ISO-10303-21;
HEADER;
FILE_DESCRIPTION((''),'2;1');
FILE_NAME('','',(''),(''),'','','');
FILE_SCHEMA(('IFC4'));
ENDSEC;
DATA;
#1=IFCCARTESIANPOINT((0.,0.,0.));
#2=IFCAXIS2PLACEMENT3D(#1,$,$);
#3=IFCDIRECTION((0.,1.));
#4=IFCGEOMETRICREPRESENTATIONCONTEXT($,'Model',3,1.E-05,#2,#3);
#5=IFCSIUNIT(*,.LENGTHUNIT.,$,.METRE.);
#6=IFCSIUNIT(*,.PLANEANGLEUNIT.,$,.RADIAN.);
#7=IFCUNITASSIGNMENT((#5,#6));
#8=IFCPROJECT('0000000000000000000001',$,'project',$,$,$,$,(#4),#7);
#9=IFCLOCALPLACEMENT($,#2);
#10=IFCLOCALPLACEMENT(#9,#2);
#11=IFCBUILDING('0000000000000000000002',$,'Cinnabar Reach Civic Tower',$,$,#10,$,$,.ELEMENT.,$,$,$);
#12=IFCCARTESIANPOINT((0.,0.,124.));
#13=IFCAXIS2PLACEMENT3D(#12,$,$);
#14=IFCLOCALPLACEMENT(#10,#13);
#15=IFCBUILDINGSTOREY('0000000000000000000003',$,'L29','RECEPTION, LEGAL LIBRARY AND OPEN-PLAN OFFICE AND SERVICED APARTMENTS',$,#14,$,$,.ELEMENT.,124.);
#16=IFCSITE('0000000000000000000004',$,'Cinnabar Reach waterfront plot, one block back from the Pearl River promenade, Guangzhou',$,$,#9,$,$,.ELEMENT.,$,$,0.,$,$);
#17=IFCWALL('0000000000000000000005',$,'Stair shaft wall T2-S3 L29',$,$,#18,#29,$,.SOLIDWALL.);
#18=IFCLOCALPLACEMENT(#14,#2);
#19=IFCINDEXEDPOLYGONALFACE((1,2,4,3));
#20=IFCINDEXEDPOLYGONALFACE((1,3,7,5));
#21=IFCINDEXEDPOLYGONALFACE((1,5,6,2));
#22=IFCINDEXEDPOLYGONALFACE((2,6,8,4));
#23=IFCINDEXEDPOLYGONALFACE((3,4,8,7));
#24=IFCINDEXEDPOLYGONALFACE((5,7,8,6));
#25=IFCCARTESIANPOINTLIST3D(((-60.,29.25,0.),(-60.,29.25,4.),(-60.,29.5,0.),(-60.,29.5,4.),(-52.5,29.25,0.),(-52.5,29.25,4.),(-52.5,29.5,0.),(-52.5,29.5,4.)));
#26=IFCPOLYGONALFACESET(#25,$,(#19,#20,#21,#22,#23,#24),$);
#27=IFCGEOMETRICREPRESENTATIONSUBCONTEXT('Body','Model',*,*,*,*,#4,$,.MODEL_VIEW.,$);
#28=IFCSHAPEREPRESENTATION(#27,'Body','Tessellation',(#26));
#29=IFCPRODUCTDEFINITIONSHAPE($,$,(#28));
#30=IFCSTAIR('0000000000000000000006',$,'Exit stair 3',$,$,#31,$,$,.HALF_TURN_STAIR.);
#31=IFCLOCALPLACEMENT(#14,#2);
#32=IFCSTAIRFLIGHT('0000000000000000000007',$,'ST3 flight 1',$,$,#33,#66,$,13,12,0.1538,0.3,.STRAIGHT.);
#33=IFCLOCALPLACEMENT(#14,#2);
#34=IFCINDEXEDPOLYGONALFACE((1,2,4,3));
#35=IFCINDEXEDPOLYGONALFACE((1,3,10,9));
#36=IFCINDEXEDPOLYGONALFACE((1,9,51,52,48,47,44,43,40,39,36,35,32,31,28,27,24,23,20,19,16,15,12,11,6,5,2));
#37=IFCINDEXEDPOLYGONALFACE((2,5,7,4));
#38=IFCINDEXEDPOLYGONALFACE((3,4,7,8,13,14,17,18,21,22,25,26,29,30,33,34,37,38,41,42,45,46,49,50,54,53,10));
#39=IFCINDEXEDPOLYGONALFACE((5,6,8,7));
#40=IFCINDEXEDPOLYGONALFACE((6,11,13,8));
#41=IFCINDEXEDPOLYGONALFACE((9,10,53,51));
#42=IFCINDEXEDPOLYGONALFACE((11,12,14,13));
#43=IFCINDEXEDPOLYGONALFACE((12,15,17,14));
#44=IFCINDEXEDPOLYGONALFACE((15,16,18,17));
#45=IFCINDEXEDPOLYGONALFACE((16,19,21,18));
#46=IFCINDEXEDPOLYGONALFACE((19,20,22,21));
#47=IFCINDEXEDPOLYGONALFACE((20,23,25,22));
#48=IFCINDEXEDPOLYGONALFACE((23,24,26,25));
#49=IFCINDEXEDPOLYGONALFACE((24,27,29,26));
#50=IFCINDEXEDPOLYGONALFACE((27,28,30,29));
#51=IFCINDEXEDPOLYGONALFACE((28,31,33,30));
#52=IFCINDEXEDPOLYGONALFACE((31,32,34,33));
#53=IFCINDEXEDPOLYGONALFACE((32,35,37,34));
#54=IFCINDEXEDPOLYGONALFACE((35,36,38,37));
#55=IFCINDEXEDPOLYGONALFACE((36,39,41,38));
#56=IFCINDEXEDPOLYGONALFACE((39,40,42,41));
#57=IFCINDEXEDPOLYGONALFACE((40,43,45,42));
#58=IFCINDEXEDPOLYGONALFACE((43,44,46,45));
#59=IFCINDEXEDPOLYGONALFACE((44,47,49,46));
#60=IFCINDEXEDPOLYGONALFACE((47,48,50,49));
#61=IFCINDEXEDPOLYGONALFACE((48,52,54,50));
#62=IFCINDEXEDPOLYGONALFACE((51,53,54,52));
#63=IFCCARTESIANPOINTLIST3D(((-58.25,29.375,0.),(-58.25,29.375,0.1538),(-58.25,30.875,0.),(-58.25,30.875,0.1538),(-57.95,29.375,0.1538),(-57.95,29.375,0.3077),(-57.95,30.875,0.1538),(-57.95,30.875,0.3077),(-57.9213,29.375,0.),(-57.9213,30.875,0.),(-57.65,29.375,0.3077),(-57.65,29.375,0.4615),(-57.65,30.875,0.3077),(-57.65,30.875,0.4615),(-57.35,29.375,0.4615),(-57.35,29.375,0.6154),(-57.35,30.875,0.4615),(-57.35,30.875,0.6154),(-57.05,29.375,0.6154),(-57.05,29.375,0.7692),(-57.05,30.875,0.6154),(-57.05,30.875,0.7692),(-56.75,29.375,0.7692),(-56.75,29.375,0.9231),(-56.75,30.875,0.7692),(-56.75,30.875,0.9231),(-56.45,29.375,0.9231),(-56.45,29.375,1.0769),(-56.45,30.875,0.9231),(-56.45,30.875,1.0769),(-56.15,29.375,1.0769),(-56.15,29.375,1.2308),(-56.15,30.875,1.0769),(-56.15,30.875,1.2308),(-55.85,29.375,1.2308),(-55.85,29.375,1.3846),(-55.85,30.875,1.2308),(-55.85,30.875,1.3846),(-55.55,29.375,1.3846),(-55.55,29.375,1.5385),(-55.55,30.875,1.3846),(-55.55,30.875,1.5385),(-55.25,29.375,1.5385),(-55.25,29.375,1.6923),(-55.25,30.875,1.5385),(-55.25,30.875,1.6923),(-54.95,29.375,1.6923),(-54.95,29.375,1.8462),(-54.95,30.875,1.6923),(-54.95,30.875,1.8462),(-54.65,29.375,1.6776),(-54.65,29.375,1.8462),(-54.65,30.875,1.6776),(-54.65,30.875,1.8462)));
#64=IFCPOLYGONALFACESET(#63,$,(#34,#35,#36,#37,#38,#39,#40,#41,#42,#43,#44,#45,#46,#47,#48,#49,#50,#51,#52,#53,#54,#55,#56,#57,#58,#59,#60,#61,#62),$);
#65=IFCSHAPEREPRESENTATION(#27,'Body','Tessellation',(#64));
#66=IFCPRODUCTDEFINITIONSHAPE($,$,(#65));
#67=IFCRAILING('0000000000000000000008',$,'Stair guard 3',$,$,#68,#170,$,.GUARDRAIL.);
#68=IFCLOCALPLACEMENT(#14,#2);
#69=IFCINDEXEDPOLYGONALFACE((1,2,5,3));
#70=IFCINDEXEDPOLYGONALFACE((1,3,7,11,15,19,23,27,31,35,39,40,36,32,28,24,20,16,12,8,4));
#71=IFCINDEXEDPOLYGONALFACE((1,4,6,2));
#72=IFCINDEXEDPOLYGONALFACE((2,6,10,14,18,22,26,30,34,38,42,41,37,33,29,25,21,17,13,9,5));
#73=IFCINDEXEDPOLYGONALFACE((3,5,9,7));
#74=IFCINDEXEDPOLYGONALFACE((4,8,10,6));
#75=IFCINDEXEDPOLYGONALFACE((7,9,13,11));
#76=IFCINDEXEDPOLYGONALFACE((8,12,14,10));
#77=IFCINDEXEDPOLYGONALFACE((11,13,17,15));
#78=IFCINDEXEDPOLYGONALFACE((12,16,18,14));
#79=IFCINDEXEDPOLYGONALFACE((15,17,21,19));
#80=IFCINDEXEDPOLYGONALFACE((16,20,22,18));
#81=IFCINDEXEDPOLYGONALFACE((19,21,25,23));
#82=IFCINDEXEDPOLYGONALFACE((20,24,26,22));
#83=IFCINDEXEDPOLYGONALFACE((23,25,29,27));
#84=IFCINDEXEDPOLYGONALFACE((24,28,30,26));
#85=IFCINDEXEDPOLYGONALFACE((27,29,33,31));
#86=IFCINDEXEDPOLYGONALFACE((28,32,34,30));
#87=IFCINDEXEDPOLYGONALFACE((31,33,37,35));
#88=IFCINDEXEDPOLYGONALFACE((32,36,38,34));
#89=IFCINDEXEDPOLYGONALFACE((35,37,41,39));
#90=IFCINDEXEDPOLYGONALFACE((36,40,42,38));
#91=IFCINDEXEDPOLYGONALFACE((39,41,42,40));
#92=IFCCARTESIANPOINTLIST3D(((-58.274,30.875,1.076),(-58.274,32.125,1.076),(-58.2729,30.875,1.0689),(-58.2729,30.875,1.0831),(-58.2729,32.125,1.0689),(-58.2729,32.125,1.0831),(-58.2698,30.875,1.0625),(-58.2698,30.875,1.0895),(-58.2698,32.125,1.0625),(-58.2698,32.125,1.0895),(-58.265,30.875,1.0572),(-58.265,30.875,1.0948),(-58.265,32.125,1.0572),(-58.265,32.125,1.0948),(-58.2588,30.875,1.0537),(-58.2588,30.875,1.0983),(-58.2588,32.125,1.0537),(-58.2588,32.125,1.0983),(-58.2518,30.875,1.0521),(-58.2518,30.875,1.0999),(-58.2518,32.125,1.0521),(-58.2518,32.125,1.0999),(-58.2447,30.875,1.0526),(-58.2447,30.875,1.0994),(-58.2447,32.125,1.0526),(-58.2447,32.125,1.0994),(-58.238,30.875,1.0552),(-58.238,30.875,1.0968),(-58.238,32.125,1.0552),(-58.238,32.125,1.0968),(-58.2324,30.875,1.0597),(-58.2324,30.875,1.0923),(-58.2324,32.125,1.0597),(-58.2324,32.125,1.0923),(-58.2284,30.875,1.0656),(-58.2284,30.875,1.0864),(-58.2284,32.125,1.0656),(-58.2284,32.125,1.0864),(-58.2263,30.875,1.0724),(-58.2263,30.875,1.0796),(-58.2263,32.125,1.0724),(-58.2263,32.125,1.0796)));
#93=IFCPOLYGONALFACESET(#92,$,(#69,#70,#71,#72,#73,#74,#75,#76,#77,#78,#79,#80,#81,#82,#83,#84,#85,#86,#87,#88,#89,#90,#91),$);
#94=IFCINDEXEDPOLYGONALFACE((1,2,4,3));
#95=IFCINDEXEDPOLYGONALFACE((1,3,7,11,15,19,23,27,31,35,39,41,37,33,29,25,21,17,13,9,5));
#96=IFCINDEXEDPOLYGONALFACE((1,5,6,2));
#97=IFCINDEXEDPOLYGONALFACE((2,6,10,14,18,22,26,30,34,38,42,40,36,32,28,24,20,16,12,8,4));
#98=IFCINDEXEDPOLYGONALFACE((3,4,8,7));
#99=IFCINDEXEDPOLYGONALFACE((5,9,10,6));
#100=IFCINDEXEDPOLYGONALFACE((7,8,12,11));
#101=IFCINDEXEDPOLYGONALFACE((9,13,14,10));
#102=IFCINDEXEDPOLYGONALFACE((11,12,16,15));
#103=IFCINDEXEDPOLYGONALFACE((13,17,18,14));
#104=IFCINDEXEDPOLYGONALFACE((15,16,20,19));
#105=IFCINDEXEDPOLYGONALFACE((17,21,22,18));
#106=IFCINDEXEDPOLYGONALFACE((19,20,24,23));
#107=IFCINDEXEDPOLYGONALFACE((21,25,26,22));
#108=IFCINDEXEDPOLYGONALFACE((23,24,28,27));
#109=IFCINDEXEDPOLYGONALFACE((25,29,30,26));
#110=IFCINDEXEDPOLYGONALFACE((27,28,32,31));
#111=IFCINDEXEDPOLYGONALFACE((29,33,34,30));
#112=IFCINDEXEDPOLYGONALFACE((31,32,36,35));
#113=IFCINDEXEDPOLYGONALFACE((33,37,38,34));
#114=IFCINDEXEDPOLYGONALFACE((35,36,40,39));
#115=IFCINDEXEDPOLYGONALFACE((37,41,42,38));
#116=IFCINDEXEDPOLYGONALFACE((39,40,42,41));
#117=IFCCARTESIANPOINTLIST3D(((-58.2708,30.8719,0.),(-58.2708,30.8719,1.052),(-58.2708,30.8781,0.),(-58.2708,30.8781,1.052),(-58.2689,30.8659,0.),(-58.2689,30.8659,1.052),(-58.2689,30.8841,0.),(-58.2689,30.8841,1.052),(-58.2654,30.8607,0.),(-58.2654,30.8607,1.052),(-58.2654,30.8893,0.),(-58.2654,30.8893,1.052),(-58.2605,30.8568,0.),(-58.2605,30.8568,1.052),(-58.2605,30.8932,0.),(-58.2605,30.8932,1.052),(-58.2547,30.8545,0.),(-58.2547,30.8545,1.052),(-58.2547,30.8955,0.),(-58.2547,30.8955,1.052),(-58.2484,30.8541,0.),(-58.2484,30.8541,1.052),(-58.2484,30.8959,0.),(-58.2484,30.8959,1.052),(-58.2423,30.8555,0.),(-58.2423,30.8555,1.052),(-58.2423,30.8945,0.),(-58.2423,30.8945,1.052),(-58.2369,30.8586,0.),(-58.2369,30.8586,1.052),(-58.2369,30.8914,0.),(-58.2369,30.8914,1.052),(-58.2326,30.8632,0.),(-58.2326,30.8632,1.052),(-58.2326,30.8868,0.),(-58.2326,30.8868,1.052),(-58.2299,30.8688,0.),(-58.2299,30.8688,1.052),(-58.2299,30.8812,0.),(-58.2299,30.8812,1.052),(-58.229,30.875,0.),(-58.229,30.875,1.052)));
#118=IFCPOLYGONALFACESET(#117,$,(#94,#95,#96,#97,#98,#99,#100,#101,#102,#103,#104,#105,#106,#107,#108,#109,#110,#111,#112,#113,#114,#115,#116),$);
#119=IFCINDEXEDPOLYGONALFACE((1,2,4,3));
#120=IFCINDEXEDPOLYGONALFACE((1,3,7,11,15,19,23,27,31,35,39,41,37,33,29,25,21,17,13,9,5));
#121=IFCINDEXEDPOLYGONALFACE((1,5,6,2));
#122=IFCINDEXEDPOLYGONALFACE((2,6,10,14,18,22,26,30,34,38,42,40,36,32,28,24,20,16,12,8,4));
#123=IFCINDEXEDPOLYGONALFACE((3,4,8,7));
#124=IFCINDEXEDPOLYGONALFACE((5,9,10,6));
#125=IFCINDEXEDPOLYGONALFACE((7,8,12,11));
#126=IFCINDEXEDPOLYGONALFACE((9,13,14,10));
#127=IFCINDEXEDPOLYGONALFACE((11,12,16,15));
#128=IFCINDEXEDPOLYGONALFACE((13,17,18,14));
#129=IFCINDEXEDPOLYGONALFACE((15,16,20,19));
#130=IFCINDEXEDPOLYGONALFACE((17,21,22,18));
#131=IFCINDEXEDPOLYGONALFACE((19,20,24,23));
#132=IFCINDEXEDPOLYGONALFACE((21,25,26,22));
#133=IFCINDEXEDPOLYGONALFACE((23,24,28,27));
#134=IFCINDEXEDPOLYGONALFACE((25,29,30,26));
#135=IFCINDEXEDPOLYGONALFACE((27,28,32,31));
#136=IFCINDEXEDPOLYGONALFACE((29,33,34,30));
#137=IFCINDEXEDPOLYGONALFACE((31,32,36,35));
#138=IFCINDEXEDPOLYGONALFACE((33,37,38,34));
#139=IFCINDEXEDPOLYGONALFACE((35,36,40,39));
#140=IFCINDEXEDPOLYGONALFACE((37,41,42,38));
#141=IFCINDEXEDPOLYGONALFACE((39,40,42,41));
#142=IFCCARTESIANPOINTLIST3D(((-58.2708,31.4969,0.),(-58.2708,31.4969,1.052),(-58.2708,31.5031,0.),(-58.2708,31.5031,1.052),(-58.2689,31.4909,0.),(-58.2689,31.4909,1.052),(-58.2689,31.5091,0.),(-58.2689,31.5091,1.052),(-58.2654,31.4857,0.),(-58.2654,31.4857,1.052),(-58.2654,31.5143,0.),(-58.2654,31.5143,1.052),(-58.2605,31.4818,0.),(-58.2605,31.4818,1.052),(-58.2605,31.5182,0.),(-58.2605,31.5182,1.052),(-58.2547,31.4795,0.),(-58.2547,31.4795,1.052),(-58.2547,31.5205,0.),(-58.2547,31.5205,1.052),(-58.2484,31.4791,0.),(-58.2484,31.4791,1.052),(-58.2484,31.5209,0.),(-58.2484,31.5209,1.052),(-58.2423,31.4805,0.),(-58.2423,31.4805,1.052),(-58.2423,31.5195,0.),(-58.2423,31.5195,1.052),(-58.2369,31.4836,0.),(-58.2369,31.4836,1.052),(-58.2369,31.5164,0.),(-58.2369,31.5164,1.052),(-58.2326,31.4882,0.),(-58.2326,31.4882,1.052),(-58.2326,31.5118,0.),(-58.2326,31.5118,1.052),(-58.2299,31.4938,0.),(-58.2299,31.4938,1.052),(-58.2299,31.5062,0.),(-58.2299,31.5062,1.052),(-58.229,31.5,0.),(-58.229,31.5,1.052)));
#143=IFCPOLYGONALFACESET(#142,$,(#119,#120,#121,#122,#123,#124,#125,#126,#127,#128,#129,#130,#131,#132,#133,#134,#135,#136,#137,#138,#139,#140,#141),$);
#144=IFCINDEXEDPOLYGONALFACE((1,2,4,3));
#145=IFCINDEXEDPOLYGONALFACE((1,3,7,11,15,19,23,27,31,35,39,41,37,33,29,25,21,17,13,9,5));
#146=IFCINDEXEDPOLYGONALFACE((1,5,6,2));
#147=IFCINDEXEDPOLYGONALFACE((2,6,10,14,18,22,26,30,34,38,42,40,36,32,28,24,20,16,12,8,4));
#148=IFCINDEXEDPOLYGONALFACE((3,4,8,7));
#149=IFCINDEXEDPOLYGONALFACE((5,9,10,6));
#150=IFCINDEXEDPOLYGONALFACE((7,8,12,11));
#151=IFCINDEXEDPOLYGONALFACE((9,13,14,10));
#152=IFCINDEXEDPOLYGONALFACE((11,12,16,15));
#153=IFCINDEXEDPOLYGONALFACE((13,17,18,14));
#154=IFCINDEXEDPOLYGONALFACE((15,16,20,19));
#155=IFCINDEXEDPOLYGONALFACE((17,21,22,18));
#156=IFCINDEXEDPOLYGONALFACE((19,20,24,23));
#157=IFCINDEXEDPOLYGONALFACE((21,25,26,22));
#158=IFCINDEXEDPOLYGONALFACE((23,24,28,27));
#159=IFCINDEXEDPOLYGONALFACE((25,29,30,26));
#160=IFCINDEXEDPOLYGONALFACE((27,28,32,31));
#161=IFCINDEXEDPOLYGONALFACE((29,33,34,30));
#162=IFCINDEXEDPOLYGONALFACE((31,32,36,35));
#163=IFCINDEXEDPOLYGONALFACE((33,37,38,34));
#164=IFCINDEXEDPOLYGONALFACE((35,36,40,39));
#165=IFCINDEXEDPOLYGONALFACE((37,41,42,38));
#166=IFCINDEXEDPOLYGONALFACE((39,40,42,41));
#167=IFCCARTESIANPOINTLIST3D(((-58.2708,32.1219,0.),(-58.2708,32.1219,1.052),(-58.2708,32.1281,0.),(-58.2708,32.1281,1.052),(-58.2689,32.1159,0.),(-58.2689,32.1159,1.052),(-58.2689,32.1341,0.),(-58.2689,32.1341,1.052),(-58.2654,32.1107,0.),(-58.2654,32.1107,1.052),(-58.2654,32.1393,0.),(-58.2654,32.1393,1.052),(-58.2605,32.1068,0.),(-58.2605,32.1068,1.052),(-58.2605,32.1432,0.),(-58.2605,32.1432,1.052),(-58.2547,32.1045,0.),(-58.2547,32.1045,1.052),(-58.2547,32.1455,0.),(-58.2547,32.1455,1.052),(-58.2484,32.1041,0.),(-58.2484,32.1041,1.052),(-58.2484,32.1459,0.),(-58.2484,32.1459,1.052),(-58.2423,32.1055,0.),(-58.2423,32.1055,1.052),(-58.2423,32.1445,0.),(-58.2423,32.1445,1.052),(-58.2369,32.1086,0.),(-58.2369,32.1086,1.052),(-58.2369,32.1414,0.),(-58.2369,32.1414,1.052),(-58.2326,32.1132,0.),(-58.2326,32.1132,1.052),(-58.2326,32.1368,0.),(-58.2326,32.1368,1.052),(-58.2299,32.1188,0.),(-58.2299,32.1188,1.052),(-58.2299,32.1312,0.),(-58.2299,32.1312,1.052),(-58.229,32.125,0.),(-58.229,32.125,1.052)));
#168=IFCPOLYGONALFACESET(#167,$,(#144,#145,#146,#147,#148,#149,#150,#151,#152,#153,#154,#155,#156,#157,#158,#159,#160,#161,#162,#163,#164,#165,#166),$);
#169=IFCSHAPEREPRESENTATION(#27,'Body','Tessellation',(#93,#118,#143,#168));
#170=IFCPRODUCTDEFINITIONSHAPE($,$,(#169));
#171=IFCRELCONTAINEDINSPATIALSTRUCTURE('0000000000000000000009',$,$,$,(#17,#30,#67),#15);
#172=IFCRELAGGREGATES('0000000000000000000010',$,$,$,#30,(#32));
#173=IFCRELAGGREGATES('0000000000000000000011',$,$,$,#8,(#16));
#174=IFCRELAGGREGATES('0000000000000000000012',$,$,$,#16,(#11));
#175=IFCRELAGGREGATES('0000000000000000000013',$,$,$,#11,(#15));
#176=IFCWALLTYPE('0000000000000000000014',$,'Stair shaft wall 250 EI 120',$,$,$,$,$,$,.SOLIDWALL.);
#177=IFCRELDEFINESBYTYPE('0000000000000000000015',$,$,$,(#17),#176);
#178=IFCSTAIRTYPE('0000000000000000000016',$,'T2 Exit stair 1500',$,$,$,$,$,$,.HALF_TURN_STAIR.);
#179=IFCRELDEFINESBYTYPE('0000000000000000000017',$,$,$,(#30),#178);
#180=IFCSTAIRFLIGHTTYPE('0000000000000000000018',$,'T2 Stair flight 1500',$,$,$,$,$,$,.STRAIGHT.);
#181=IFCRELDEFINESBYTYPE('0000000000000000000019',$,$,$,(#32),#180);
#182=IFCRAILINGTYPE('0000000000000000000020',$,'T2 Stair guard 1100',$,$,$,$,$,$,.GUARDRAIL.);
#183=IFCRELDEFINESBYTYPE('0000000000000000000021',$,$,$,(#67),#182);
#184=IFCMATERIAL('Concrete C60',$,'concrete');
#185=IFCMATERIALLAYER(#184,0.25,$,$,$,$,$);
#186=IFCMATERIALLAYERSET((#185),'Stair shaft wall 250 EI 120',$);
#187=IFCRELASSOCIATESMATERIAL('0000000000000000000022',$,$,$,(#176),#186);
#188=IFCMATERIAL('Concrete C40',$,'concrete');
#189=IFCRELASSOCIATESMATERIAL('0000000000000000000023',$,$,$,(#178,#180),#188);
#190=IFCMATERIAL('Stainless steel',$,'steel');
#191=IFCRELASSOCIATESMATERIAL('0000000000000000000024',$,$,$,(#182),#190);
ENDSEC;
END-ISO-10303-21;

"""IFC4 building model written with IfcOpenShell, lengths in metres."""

from ifc_helpers import new_model, si_unit, direction, frame, frame_2d, origin, origin_2d, place, context, subcontext, project, spatial, polyline, rectangle, circle, outline, extrude, material, layer, layer_set, type_object, element, aggregate, save


model = new_model("IFC4")

# Units and contexts
model_context = context("Model", 3, precision=1e-05, world=origin(), true_north=direction((0.0, 1.0)))
body_context = subcontext(model_context, "Body", "Model", "MODEL_VIEW")
ifc_project = project(units=[si_unit("LENGTHUNIT", "METRE"), si_unit("PLANEANGLEUNIT", "RADIAN")], contexts=[model_context])

# Site, building, storey
site_placement = place(None, origin())
site = spatial("IfcSite", under=ifc_project, at=site_placement, Name="Cinnabar Reach waterfront plot, one block back from the Pearl River promenade, Guangzhou", CompositionType="ELEMENT", RefElevation=0.0)
building_placement = place(site_placement, origin())
building = spatial("IfcBuilding", under=site, at=building_placement, Name="Cinnabar Reach Civic Tower", CompositionType="ELEMENT")
storey_placement = place(building_placement, frame((0.0, 0.0, 124.0)))
storey = spatial("IfcBuildingStorey", under=building, at=storey_placement, Name="L29", Description="RECEPTION, LEGAL LIBRARY AND OPEN-PLAN OFFICE AND SERVICED APARTMENTS", CompositionType="ELEMENT", Elevation=124.0)

# Shared definitions
ifc_material_1 = material(Name="Concrete C60", Category="concrete")

# Wall
ifc_layer_1 = layer(ifc_material_1, 0.25)
ifc_layer_set_1 = layer_set([ifc_layer_1], Name="Stair shaft wall 250 EI 120")
wall_type_1 = type_object("IfcWallType", Name="Stair shaft wall 250 EI 120", PredefinedType="SOLIDWALL", material=ifc_layer_set_1)
wall_1_placement = place(storey_placement, frame((-60.0, 29.375, 0.0), z_axis=(0.0, 0.0, 1.0), x_axis=(1.0, 0.0, 0.0)))
element("IfcWall", 1, at=wall_1_placement, inside=storey, type_object=wall_type_1, Name="Stair shaft wall T2-S3 L29", PredefinedType="SOLIDWALL", context=body_context, shape_type="SweptSolid", body=[
    extrude(rectangle(XDim=7.5, YDim=0.25, at=frame_2d((3.75, 0.0))), origin(), (0.0, 0.0, 1.0), 4.0),
])

# Stair, stair flight
ifc_material_2 = material(Name="Concrete C40", Category="concrete")
stair_type = type_object("IfcStairType", Name="T2 Exit stair 1500", PredefinedType="HALF_TURN_STAIR", material=ifc_material_2)
stair_placement = place(storey_placement, origin())
stair = element("IfcStair", 2, at=stair_placement, inside=storey, type_object=stair_type, Name="Exit stair 3", PredefinedType="HALF_TURN_STAIR")
stair_flight_type = type_object("IfcStairFlightType", Name="T2 Stair flight 1500", PredefinedType="STRAIGHT", material=ifc_material_2)
stair_flight_placement = place(storey_placement, frame((-58.25, 30.125, 0.0), z_axis=(0.0, 0.0, 1.0), x_axis=(1.0, 0.0, 0.0)))
stair_flight = element("IfcStairFlight", 3, at=stair_flight_placement, type_object=stair_flight_type, Name="ST3 flight 1", NumberOfRisers=13, NumberOfTreads=12, PredefinedType="STRAIGHT", RiserHeight=0.1538, TreadLength=0.3, context=body_context, shape_type="SweptSolid", body=[
    extrude(outline(polyline([(0.0, 0.0), (0.0, 0.1538), (0.3, 0.1538), (0.3, 0.3077), (0.6, 0.3077), (0.6, 0.4615), (0.9, 0.4615), (0.9, 0.6154), (1.2, 0.6154), (1.2, 0.7692), (1.5, 0.7692), (1.5, 0.9231), (1.8, 0.9231), (1.8, 1.0769), (2.1, 1.0769), (2.1, 1.2308), (2.4, 1.2308), (2.4, 1.3846), (2.7, 1.3846), (2.7, 1.5385), (3.0, 1.5385), (3.0, 1.6923), (3.3, 1.6923), (3.3, 1.8462), (3.6, 1.8462), (3.6, 2.0), (3.6, 1.6776), (0.3287, 0.0), (0.0, 0.0)])), frame((0.0, 0.75, 0.0), z_axis=(0.0, -1.0, 0.0), x_axis=(1.0, 0.0, 0.0)), (0.0, 0.0, 1.0), 1.5),
])
aggregate(stair, [stair_flight])

# Railing
ifc_material_3 = material(Name="Stainless steel", Category="steel")
railing_type = type_object("IfcRailingType", Name="T2 Stair guard 1100", PredefinedType="GUARDRAIL", material=ifc_material_3)
for number, where, name in (
    (4, (-58.25, 30.875, 0.0), "Stair guard 3"),
):
    element("IfcRailing", number, at=place(storey_placement, frame(where)), inside=storey, type_object=railing_type, Name=name, PredefinedType="GUARDRAIL", context=body_context, shape_type="SweptSolid", body=[
        extrude(circle(Radius=0.024, at=origin_2d()), frame((0.0, 0.0, 1.076), z_axis=(0.0, 1.0, 0.0), x_axis=(-1.0, 0.0, 0.0)), (0.0, 0.0, 1.0), 1.25),
        extrude(circle(Radius=0.021, at=origin_2d()), origin(), (0.0, 0.0, 1.0), 1.052),
        extrude(circle(Radius=0.021, at=origin_2d()), frame((0.0, 0.625, 0.0)), (0.0, 0.0, 1.0), 1.052),
        extrude(circle(Radius=0.021, at=origin_2d()), frame((0.0, 1.25, 0.0)), (0.0, 0.0, 1.0), 1.052),
    ])

save(model, "model.ifc")
